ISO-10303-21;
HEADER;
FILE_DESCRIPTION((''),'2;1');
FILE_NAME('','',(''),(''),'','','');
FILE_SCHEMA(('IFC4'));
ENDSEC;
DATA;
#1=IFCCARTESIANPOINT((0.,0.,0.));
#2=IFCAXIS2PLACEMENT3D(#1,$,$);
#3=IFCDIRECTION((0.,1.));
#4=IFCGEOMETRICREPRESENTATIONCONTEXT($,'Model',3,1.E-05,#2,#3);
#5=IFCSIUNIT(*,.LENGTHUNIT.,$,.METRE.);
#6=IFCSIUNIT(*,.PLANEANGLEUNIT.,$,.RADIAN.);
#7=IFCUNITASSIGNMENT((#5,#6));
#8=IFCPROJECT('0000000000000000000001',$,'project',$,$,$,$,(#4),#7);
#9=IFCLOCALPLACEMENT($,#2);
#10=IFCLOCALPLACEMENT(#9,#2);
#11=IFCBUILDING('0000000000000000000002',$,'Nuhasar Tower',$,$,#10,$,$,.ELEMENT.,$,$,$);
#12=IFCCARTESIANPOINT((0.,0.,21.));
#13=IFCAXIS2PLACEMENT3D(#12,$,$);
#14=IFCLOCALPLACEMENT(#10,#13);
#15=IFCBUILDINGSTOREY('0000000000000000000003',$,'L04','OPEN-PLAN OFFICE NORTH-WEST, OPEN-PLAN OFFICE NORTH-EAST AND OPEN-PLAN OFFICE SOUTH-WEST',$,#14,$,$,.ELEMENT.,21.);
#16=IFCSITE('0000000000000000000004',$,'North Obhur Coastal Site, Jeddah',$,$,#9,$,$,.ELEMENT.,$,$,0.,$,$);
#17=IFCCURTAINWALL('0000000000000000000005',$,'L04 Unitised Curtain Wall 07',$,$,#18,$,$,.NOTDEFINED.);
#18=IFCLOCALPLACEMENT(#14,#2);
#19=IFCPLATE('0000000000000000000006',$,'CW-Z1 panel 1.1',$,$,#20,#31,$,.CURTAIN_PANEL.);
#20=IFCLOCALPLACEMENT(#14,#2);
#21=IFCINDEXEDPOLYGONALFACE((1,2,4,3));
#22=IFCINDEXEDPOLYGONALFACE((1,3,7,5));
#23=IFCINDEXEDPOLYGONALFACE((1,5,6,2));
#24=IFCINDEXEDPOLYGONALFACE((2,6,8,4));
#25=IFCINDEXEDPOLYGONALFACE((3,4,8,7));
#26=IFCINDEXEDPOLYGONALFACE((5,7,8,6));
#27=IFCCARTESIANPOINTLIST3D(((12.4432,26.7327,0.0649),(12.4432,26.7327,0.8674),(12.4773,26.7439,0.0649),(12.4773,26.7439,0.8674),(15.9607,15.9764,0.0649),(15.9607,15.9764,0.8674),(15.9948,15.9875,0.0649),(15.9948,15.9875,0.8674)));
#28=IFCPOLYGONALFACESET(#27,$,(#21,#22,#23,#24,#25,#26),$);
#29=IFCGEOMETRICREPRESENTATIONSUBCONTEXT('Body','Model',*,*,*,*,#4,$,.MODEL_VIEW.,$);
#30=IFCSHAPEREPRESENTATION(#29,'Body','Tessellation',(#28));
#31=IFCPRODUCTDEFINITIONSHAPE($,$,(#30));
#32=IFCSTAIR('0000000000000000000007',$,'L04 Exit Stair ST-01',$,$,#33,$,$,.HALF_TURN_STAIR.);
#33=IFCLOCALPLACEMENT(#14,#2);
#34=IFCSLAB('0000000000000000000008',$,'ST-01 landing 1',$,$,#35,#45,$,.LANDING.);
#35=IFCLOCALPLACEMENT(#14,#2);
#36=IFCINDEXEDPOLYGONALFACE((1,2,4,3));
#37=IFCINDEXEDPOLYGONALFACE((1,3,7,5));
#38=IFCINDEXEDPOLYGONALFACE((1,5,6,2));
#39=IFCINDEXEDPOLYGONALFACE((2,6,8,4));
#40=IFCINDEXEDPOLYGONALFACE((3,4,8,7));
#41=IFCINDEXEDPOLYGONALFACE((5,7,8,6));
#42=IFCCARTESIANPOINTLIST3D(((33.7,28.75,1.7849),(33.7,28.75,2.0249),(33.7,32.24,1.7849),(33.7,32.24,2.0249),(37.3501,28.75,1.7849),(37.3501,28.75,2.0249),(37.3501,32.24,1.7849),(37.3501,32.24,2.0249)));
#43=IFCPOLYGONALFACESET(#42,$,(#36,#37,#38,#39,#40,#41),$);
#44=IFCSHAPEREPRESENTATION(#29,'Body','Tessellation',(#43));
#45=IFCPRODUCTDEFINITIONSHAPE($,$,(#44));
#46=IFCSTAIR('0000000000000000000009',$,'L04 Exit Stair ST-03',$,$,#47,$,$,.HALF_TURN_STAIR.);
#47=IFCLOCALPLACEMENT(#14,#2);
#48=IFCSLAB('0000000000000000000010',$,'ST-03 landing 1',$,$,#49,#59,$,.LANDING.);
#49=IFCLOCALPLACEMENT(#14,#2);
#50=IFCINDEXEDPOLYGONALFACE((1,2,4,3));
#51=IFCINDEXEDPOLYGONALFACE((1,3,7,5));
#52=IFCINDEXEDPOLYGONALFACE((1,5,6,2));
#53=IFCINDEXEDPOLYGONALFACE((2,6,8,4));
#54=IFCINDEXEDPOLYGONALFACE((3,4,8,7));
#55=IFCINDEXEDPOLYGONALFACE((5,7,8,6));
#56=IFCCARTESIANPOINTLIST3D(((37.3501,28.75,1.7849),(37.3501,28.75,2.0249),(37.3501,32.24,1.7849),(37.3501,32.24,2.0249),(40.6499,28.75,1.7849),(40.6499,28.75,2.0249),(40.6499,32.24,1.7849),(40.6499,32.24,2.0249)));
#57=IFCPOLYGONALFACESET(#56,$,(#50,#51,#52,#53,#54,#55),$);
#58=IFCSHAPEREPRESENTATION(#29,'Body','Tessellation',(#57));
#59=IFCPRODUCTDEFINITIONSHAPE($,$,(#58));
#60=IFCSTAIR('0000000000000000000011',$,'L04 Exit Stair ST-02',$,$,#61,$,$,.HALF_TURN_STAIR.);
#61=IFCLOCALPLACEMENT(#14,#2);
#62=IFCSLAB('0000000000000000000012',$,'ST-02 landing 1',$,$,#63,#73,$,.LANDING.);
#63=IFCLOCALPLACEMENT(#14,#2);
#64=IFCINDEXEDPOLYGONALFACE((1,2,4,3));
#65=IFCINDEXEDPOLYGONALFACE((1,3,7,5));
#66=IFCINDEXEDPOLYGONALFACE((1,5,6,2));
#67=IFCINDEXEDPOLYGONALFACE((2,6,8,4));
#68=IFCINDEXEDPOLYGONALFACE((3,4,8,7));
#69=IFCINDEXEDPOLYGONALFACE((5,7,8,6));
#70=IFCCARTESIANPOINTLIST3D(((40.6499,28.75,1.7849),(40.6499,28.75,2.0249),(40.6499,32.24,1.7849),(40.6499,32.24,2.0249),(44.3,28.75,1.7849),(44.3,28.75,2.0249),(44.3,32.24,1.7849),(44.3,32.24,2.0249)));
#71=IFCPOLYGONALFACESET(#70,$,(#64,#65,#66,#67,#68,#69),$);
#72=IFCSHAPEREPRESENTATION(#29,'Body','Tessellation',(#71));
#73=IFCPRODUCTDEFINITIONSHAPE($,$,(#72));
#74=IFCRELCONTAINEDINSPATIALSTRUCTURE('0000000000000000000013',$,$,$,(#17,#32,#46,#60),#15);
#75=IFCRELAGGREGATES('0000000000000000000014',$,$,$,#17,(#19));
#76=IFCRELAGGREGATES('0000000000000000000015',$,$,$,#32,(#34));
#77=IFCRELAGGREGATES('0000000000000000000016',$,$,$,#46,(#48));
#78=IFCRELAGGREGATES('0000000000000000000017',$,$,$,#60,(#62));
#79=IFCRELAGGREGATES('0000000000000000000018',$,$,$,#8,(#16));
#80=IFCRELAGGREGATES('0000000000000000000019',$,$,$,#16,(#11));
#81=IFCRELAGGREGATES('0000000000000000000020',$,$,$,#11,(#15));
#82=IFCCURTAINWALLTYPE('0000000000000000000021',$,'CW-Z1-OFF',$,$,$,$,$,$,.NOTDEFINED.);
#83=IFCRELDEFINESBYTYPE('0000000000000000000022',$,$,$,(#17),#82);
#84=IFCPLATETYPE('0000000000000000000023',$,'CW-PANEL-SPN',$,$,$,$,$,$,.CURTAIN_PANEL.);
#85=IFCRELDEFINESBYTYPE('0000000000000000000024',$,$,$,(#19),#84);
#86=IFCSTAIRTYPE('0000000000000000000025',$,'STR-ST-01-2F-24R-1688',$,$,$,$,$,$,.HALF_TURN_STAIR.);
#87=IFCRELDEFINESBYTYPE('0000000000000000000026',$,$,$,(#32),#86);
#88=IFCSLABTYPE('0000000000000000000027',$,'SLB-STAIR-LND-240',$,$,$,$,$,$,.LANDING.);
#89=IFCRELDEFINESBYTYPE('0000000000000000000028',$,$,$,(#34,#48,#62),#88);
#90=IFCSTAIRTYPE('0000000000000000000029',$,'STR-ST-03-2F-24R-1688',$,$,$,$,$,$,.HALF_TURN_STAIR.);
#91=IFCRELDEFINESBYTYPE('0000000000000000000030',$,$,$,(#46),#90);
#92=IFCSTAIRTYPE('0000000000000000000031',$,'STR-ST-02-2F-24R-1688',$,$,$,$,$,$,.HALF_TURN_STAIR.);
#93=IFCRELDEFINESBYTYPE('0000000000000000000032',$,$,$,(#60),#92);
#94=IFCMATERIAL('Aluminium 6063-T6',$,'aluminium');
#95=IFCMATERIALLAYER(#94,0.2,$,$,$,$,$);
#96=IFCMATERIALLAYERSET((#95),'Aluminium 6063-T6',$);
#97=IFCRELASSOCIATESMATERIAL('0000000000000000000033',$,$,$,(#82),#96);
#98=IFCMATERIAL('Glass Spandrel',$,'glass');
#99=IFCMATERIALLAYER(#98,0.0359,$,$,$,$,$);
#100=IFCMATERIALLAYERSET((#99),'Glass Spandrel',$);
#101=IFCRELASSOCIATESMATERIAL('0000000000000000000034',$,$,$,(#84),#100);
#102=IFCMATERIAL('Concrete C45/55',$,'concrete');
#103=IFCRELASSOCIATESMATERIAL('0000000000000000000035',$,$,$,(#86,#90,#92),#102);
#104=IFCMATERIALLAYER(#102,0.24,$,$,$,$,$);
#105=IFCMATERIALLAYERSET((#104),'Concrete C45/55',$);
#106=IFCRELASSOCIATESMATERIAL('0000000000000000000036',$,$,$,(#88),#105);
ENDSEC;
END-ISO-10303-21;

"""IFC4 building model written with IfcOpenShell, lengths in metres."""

from ifc_helpers import new_model, si_unit, direction, frame, origin, origin_2d, place, context, subcontext, project, spatial, polyline, rectangle, outline, extrude, material, layer, layer_set, type_object, element, aggregate, save


model = new_model("IFC4")

# Units and contexts
model_context = context("Model", 3, precision=1e-05, world=origin(), true_north=direction((0.0, 1.0)))
body_context = subcontext(model_context, "Body", "Model", "MODEL_VIEW")
ifc_project = project(units=[si_unit("LENGTHUNIT", "METRE"), si_unit("PLANEANGLEUNIT", "RADIAN")], contexts=[model_context])

# Site, building, storey
site_placement = place(None, origin())
site = spatial("IfcSite", under=ifc_project, at=site_placement, Name="North Obhur Coastal Site, Jeddah", CompositionType="ELEMENT", RefElevation=0.0)
building_placement = place(site_placement, origin())
building = spatial("IfcBuilding", under=site, at=building_placement, Name="Nuhasar Tower", CompositionType="ELEMENT")
storey_placement = place(building_placement, frame((0.0, 0.0, 21.0)))
storey = spatial("IfcBuildingStorey", under=building, at=storey_placement, Name="L04", Description="OPEN-PLAN OFFICE NORTH-WEST, OPEN-PLAN OFFICE NORTH-EAST AND OPEN-PLAN OFFICE SOUTH-WEST", CompositionType="ELEMENT", Elevation=21.0)

# Curtain wall
ifc_material_1 = material(Name="Aluminium 6063-T6", Category="aluminium")
ifc_layer_1 = layer(ifc_material_1, 0.2)
ifc_layer_set_1 = layer_set([ifc_layer_1], Name="Aluminium 6063-T6")
curtain_wall_type = type_object("IfcCurtainWallType", Name="CW-Z1-OFF", PredefinedType="NOTDEFINED", material=ifc_layer_set_1)
curtain_wall_1_placement = place(storey_placement, origin())
curtain_wall_1 = element("IfcCurtainWall", 1, at=curtain_wall_1_placement, inside=storey, type_object=curtain_wall_type, Name="L04 Unitised Curtain Wall 07", PredefinedType="NOTDEFINED")

# Plate
ifc_material_2 = material(Name="Glass Spandrel", Category="glass")
ifc_layer_2 = layer(ifc_material_2, 0.0359)
ifc_layer_set_2 = layer_set([ifc_layer_2], Name="Glass Spandrel")
plate_type_1 = type_object("IfcPlateType", Name="CW-PANEL-SPN", PredefinedType="CURTAIN_PANEL", material=ifc_layer_set_2)
plate_1_placement = place(storey_placement, frame((14.219, 21.3601, 0.0649), z_axis=(0.0, 0.0, 1.0), x_axis=(0.310824, -0.950468, 0.0)))
plate_1 = element("IfcPlate", 2, at=plate_1_placement, type_object=plate_type_1, Name="CW-Z1 panel 1.1", PredefinedType="CURTAIN_PANEL", context=body_context, shape_type="SweptSolid", body=[
    extrude(rectangle(XDim=11.3169, YDim=0.0359, at=origin_2d()), origin(), (0.0, 0.0, 1.0), 0.8025),
])
aggregate(curtain_wall_1, [plate_1])

# Stairs, slabs
ifc_material_3 = material(Name="Concrete C45/55", Category="concrete")
stair_type_1 = type_object("IfcStairType", Name="STR-ST-01-2F-24R-1688", PredefinedType="HALF_TURN_STAIR", material=ifc_material_3)
stair_1_placement = place(storey_placement, origin())
stair_1 = element("IfcStair", 3, at=stair_1_placement, inside=storey, type_object=stair_type_1, Name="L04 Exit Stair ST-01", PredefinedType="HALF_TURN_STAIR")
ifc_layer_3 = layer(ifc_material_3, 0.24)
ifc_layer_set_3 = layer_set([ifc_layer_3], Name="Concrete C45/55")
slab_type_1 = type_object("IfcSlabType", Name="SLB-STAIR-LND-240", PredefinedType="LANDING", material=ifc_layer_set_3)
slab_1_placement = place(storey_placement, frame((0.0, 0.0, 1.7849)))
slab_1 = element("IfcSlab", 4, at=slab_1_placement, type_object=slab_type_1, Name="ST-01 landing 1", PredefinedType="LANDING", context=body_context, shape_type="SweptSolid", body=[
    extrude(outline(polyline([(33.7, 28.75), (37.3501, 28.75), (37.3501, 32.24), (33.7, 32.24), (33.7, 28.75)])), origin(), (0.0, 0.0, 1.0), 0.24),
])
aggregate(stair_1, [slab_1])
stair_type_2 = type_object("IfcStairType", Name="STR-ST-03-2F-24R-1688", PredefinedType="HALF_TURN_STAIR", material=ifc_material_3)
stair_2_placement = place(storey_placement, origin())
stair_2 = element("IfcStair", 5, at=stair_2_placement, inside=storey, type_object=stair_type_2, Name="L04 Exit Stair ST-03", PredefinedType="HALF_TURN_STAIR")
slab_2_placement = place(storey_placement, frame((0.0, 0.0, 1.7849)))
slab_2 = element("IfcSlab", 6, at=slab_2_placement, type_object=slab_type_1, Name="ST-03 landing 1", PredefinedType="LANDING", context=body_context, shape_type="SweptSolid", body=[
    extrude(outline(polyline([(37.3501, 28.75), (40.6499, 28.75), (40.6499, 32.24), (37.3501, 32.24), (37.3501, 28.75)])), origin(), (0.0, 0.0, 1.0), 0.24),
])
aggregate(stair_2, [slab_2])
stair_type_3 = type_object("IfcStairType", Name="STR-ST-02-2F-24R-1688", PredefinedType="HALF_TURN_STAIR", material=ifc_material_3)
stair_3_placement = place(storey_placement, origin())
stair_3 = element("IfcStair", 7, at=stair_3_placement, inside=storey, type_object=stair_type_3, Name="L04 Exit Stair ST-02", PredefinedType="HALF_TURN_STAIR")
slab_3_placement = place(storey_placement, frame((0.0, 0.0, 1.7849)))
slab_3 = element("IfcSlab", 8, at=slab_3_placement, type_object=slab_type_1, Name="ST-02 landing 1", PredefinedType="LANDING", context=body_context, shape_type="SweptSolid", body=[
    extrude(outline(polyline([(40.6499, 28.75), (44.3, 28.75), (44.3, 32.24), (40.6499, 32.24), (40.6499, 28.75)])), origin(), (0.0, 0.0, 1.0), 0.24),
])
aggregate(stair_3, [slab_3])

save(model, "model.ifc")
